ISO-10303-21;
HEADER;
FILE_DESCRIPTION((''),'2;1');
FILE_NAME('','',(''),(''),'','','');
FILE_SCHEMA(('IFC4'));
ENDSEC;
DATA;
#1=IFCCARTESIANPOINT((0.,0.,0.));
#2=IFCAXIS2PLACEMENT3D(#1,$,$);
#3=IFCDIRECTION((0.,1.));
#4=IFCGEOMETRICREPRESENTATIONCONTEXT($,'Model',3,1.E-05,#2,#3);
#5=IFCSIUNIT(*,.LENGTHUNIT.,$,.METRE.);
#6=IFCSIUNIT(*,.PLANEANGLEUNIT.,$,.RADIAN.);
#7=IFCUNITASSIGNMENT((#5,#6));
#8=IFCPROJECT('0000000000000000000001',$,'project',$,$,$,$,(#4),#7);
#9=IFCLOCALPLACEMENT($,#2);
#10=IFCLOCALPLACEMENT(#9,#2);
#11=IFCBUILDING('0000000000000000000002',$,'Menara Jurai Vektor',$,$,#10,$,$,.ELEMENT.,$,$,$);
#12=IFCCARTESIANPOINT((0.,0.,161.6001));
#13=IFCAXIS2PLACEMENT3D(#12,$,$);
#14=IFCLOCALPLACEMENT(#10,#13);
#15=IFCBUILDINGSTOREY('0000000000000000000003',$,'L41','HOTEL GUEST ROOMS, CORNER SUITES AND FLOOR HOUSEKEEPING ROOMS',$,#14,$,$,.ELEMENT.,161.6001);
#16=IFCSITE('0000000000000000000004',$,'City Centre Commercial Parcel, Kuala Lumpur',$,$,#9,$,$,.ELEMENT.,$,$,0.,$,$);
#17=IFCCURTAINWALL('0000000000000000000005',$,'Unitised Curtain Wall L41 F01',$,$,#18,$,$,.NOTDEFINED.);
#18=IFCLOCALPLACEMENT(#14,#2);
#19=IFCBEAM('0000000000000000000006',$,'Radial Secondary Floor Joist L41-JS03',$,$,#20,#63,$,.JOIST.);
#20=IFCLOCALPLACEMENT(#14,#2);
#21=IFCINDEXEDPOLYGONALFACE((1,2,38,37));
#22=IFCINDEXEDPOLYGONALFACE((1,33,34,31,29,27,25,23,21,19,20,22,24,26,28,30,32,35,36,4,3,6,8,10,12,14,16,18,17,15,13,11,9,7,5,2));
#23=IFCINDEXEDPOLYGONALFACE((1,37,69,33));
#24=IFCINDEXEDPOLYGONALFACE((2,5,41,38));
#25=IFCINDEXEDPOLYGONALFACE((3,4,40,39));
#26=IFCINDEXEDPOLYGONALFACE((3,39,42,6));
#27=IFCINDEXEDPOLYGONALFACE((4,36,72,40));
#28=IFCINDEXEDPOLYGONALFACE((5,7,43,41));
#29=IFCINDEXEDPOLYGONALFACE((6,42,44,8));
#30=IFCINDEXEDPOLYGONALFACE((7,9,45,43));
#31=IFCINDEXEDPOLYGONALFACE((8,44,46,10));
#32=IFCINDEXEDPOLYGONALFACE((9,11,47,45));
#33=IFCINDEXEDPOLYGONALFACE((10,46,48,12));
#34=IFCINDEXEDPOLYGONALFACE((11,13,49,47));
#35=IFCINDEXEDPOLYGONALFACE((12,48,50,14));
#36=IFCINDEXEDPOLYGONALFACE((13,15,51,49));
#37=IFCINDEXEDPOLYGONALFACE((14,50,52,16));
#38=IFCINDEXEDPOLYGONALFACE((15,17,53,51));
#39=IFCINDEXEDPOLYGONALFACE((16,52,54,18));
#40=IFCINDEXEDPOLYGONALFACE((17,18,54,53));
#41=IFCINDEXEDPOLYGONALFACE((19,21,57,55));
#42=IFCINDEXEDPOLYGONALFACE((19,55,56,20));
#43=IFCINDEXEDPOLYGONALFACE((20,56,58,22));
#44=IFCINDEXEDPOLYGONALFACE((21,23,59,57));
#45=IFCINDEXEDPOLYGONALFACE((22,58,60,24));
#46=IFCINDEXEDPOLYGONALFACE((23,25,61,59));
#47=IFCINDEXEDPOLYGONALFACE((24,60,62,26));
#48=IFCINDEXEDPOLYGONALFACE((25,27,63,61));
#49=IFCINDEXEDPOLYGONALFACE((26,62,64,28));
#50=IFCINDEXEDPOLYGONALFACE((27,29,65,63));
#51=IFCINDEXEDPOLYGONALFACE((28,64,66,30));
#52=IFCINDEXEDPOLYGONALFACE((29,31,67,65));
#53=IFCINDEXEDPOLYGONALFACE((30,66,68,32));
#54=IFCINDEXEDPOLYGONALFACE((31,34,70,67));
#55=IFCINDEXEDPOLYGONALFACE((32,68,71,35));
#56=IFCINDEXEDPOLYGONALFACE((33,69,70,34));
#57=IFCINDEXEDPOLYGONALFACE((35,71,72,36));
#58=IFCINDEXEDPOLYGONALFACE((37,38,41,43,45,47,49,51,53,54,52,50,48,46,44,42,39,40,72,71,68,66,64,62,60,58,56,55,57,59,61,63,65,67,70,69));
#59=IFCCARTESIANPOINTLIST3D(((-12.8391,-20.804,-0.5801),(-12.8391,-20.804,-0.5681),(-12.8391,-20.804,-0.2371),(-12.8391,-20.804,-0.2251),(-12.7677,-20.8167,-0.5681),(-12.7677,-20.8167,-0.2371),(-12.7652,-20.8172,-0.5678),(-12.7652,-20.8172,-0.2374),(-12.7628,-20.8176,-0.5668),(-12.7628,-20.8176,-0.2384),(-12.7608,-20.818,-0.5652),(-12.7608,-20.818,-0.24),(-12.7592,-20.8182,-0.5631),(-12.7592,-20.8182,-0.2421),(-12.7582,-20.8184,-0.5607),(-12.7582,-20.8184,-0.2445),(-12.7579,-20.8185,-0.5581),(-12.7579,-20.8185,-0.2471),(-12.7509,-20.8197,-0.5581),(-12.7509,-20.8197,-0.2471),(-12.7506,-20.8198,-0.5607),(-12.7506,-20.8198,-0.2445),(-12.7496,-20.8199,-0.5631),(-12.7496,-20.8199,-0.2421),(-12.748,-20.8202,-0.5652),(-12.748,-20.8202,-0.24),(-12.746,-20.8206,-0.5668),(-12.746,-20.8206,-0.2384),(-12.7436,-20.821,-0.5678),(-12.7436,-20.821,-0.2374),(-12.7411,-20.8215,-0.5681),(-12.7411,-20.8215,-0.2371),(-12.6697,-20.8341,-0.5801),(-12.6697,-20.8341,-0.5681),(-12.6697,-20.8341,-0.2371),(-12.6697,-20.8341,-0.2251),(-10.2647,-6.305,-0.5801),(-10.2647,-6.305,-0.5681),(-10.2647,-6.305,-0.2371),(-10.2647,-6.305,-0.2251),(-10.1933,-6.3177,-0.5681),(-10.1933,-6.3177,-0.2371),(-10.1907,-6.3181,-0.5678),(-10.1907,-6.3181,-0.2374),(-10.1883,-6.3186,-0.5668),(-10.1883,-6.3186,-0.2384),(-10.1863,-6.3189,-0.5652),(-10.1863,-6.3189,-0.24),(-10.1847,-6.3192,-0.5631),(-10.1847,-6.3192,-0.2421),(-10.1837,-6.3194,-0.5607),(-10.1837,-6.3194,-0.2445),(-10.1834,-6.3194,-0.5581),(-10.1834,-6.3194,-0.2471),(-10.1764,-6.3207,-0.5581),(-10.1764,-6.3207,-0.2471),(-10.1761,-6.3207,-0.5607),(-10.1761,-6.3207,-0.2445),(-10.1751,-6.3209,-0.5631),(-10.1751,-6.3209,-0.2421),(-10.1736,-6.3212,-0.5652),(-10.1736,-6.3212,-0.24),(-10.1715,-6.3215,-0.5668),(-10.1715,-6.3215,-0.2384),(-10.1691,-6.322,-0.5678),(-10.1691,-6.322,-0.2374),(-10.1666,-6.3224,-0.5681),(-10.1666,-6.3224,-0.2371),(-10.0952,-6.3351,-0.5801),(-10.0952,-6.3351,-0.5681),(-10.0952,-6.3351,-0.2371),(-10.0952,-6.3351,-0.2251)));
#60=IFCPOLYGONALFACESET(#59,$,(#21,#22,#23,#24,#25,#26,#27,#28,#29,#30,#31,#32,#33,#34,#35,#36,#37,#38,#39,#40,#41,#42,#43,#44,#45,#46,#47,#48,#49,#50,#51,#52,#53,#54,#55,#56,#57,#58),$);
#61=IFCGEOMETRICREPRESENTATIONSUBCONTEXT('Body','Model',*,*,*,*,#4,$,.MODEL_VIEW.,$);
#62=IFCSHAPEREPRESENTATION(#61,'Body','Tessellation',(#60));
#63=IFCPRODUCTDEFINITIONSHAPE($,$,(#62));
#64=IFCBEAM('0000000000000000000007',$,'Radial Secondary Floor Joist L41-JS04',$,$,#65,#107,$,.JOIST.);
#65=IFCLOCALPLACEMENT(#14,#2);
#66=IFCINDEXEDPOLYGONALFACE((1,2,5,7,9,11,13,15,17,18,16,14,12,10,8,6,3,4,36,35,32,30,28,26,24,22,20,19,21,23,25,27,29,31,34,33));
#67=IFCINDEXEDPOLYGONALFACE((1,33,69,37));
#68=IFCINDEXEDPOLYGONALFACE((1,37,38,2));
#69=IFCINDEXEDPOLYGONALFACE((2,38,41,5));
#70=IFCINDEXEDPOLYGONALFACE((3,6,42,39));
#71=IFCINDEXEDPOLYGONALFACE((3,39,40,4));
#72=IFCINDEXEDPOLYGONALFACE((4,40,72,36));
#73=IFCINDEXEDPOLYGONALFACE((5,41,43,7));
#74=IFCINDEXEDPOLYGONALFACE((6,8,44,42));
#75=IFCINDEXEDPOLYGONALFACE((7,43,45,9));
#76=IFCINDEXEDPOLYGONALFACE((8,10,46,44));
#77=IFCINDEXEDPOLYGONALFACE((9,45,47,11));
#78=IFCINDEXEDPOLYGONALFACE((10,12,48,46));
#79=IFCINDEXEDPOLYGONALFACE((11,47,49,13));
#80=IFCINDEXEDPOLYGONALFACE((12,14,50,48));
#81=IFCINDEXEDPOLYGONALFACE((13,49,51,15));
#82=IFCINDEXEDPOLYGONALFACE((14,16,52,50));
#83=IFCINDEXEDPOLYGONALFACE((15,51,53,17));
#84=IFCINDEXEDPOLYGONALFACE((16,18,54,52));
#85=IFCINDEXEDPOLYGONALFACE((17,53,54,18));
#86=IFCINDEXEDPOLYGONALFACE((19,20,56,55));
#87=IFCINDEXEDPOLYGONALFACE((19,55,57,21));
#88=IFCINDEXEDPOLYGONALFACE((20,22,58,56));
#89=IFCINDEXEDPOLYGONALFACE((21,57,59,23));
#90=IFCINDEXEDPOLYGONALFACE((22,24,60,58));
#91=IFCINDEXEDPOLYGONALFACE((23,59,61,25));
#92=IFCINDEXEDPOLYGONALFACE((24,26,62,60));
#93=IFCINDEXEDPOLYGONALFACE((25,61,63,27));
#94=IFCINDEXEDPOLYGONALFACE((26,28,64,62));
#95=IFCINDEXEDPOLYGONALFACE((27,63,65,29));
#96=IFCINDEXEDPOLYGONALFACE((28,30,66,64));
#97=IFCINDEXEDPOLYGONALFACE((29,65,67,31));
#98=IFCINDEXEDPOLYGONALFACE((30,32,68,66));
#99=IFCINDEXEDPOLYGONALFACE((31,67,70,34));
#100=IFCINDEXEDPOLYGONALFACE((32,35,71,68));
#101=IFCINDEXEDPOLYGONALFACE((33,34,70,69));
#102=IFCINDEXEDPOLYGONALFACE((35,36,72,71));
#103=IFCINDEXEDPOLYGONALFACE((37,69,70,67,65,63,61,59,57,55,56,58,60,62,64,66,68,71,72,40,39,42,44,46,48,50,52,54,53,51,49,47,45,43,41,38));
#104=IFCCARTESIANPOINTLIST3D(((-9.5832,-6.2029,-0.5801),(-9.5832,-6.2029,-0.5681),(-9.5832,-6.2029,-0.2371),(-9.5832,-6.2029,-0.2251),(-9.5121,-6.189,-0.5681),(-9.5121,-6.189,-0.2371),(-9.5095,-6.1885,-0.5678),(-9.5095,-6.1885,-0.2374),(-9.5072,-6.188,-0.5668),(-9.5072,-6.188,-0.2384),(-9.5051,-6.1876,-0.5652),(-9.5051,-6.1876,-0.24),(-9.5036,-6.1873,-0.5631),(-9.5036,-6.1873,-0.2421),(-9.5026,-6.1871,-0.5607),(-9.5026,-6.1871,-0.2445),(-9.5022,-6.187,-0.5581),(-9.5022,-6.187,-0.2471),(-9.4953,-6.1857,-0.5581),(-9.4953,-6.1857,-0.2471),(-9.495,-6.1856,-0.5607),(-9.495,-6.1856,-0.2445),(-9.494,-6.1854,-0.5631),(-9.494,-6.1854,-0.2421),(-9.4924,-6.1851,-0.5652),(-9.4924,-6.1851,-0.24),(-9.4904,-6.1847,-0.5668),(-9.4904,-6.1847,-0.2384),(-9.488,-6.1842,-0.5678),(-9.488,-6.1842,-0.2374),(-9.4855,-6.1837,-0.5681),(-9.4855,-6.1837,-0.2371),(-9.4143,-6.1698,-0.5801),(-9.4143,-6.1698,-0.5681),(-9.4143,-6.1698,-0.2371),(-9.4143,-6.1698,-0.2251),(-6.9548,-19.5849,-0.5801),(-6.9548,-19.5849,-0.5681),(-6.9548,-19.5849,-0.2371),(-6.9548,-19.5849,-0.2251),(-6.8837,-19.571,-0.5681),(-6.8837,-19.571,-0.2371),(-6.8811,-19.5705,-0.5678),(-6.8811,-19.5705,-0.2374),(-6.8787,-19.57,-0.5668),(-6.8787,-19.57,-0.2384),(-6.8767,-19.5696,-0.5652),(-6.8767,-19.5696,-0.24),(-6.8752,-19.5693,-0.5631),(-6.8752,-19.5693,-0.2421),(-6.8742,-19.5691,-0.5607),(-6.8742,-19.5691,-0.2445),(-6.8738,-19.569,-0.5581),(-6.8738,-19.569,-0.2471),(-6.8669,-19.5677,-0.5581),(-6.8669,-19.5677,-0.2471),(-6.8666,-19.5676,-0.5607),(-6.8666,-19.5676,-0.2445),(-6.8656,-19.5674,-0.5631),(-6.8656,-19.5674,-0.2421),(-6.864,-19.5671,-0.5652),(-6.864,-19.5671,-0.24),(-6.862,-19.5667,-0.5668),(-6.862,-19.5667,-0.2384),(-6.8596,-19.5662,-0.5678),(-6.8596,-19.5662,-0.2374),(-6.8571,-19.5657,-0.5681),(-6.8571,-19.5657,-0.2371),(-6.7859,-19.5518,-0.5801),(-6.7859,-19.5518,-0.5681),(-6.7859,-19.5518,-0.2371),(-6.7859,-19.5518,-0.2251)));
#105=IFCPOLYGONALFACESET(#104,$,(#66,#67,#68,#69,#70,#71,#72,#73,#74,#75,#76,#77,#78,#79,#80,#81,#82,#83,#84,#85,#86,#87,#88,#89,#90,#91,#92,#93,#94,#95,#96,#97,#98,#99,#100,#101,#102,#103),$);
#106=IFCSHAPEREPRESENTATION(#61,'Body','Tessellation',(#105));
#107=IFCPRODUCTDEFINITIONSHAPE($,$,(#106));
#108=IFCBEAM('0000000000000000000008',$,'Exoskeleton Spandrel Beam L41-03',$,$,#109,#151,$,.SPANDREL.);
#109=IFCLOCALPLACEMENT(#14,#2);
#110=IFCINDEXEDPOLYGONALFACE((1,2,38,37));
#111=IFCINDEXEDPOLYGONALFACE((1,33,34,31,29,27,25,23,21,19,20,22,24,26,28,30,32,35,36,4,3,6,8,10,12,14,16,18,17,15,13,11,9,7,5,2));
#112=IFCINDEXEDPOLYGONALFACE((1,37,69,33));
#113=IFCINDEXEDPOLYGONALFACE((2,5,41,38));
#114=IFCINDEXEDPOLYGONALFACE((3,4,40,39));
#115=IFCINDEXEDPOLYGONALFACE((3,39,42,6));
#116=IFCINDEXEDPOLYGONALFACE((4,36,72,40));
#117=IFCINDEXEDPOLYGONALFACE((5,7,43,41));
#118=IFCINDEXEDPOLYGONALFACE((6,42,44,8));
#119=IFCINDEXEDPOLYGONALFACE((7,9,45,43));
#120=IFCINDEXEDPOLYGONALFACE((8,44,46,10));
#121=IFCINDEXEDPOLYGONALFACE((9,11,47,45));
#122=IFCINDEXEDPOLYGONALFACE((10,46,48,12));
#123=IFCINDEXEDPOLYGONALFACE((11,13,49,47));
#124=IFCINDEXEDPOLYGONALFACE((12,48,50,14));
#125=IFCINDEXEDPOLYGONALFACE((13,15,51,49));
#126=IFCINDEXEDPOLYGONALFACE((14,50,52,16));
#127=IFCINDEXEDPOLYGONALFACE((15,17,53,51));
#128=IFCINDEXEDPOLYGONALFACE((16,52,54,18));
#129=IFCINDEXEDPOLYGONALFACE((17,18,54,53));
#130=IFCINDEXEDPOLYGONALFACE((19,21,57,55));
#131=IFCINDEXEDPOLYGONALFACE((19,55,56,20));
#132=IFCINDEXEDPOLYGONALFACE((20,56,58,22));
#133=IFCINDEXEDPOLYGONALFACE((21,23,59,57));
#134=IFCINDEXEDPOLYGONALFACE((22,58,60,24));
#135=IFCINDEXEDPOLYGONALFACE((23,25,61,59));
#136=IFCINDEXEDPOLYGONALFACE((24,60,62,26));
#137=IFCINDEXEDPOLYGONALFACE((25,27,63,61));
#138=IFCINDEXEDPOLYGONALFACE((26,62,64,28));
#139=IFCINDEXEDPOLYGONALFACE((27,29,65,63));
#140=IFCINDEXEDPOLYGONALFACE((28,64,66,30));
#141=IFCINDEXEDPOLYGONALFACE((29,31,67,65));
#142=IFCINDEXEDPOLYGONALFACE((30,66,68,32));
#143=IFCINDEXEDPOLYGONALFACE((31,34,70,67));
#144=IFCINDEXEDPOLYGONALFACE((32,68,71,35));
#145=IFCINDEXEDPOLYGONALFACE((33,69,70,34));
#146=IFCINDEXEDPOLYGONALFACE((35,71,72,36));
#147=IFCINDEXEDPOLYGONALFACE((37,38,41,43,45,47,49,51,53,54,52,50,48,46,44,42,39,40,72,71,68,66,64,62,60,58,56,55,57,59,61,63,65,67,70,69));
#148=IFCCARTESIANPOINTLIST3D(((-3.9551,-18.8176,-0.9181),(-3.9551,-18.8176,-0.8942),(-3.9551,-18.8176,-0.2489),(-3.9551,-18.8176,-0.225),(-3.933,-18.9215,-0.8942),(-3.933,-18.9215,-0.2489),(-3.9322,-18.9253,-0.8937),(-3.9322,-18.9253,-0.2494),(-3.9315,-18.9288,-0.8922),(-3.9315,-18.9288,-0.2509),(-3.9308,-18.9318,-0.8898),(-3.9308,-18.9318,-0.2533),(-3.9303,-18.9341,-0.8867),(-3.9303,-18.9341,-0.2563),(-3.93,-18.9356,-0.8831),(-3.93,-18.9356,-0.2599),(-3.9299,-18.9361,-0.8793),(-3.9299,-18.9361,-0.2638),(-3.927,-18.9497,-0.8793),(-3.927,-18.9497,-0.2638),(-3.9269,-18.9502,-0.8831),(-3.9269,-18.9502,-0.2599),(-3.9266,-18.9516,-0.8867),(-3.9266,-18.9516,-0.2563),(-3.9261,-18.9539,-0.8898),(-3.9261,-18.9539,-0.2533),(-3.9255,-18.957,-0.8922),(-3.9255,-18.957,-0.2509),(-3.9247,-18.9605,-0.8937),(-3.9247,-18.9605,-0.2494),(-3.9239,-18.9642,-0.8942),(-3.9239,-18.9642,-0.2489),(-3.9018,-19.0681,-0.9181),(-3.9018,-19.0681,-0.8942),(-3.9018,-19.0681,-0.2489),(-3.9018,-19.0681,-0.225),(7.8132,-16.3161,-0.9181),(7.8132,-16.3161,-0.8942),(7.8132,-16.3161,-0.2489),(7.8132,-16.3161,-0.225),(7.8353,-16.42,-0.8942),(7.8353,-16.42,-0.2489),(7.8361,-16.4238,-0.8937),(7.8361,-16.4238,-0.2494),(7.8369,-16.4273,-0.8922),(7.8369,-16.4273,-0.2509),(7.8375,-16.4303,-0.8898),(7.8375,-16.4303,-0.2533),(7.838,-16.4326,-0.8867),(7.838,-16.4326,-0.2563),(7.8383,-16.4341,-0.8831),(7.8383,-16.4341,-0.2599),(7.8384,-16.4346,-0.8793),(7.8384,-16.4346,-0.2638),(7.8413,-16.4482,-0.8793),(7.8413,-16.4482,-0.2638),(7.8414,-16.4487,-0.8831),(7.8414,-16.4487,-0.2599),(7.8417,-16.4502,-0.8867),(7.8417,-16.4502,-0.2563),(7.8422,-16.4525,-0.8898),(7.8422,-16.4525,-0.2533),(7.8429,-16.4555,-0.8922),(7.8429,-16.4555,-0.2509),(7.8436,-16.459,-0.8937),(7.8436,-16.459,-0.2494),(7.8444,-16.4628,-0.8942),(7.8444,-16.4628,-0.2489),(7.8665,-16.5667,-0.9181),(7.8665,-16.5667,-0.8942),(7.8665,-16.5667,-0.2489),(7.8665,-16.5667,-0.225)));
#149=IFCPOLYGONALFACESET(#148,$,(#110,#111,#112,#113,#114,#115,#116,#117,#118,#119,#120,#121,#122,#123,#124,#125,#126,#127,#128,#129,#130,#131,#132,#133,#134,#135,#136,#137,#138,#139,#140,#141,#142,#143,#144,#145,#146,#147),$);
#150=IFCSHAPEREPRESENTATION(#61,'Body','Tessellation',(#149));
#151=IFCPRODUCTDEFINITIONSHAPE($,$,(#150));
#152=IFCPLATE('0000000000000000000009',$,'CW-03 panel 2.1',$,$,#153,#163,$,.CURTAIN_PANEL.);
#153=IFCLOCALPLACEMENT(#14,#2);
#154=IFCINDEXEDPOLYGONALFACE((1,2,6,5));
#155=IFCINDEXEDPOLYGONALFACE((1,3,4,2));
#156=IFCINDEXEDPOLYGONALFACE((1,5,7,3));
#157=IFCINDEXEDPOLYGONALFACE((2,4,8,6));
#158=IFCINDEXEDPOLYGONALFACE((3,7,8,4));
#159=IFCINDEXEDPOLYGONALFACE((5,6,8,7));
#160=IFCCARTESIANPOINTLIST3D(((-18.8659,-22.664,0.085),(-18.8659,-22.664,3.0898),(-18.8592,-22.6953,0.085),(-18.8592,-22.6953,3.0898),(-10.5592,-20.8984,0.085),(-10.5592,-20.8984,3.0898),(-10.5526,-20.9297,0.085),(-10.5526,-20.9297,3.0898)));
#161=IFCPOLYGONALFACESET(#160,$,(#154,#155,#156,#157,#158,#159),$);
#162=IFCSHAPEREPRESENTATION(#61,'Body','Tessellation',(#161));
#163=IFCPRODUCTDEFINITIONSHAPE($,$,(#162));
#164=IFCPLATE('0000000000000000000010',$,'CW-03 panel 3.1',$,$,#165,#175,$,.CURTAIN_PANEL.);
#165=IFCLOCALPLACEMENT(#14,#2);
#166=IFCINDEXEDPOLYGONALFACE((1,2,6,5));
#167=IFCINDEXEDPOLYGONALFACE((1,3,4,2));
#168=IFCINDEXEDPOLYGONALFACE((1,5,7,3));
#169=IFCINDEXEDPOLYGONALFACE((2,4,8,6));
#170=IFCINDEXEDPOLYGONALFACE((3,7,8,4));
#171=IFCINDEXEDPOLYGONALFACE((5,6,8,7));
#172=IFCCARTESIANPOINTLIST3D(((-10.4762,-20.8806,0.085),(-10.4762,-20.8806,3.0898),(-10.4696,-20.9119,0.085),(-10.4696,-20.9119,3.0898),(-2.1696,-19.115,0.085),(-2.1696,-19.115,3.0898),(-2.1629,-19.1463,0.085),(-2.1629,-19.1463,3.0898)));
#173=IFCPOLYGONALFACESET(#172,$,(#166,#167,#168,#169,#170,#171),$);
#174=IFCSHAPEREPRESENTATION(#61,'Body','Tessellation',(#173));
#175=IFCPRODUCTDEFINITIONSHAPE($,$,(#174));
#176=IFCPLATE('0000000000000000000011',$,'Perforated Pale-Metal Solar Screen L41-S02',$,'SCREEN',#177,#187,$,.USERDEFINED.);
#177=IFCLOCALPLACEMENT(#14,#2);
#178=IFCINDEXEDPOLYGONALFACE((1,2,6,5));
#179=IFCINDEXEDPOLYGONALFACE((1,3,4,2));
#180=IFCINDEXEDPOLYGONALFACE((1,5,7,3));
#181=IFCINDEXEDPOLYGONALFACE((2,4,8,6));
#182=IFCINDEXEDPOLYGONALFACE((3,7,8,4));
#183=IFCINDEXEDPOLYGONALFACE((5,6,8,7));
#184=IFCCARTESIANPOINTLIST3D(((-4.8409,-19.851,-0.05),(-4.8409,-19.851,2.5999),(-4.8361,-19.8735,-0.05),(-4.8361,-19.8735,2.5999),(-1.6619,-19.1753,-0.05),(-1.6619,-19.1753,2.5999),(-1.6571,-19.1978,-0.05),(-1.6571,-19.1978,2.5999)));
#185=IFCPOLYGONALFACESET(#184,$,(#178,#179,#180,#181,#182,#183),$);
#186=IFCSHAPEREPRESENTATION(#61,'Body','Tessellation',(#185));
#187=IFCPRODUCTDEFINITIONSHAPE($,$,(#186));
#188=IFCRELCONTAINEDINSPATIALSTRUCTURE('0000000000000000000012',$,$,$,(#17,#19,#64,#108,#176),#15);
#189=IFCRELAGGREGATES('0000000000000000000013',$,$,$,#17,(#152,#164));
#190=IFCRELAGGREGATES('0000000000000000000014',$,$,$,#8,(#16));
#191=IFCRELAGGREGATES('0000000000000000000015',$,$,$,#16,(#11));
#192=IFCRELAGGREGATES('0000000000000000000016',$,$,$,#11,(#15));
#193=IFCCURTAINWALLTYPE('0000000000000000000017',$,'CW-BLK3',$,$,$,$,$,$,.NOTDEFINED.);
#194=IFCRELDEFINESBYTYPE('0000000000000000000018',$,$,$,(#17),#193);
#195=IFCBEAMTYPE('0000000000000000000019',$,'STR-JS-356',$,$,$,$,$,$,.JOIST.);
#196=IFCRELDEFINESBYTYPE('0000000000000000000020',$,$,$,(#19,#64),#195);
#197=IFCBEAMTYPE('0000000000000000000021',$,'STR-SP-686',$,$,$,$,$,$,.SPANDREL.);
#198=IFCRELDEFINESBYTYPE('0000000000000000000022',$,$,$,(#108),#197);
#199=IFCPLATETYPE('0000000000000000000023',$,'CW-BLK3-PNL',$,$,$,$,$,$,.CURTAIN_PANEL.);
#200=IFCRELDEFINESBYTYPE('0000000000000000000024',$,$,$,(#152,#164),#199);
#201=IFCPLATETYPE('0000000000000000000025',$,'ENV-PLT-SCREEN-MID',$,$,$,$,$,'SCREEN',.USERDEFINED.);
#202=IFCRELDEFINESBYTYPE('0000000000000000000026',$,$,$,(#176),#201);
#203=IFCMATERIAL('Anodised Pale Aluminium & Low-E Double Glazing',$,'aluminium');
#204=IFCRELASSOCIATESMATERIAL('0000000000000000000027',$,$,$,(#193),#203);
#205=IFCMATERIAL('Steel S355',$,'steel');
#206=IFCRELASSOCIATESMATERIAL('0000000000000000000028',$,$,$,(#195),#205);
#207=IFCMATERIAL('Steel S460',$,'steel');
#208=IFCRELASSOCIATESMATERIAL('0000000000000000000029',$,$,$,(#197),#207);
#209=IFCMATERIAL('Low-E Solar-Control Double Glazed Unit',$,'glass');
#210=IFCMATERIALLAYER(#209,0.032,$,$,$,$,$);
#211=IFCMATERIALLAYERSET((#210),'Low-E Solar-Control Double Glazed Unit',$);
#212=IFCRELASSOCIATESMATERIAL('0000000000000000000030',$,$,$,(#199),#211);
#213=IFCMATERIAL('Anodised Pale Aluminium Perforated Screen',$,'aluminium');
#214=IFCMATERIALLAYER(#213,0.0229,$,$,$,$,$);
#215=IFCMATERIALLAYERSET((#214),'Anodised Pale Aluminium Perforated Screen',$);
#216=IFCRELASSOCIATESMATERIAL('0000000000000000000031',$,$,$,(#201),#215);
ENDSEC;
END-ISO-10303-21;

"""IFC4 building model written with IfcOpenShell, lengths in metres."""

from ifc_helpers import new_model, si_unit, direction, frame, origin, origin_2d, place, context, subcontext, project, spatial, rectangle, i_section, extrude, material, layer, layer_set, material_profile, profile_set, type_object, element, aggregate, save


model = new_model("IFC4")

# Units and contexts
model_context = context("Model", 3, precision=1e-05, world=origin(), true_north=direction((0.0, 1.0)))
body_context = subcontext(model_context, "Body", "Model", "MODEL_VIEW")
ifc_project = project(units=[si_unit("LENGTHUNIT", "METRE"), si_unit("PLANEANGLEUNIT", "RADIAN")], contexts=[model_context])

# Site, building, storey
site_placement = place(None, origin())
site = spatial("IfcSite", under=ifc_project, at=site_placement, Name="City Centre Commercial Parcel, Kuala Lumpur", CompositionType="ELEMENT", RefElevation=0.0)
building_placement = place(site_placement, origin())
building = spatial("IfcBuilding", under=site, at=building_placement, Name="Menara Jurai Vektor", CompositionType="ELEMENT")
storey_placement = place(building_placement, frame((0.0, 0.0, 161.6001)))
storey = spatial("IfcBuildingStorey", under=building, at=storey_placement, Name="L41", Description="HOTEL GUEST ROOMS, CORNER SUITES AND FLOOR HOUSEKEEPING ROOMS", CompositionType="ELEMENT", Elevation=161.6001)

# Shared definitions
ifc_material_1 = material(Name="Steel S460", Category="steel")

# Curtain wall
ifc_material_2 = material(Name="Anodised Pale Aluminium & Low-E Double Glazing", Category="aluminium")
curtain_wall_type = type_object("IfcCurtainWallType", Name="CW-BLK3", PredefinedType="NOTDEFINED", material=ifc_material_2)
curtain_wall_placement = place(storey_placement, origin())
curtain_wall = element("IfcCurtainWall", 1, at=curtain_wall_placement, inside=storey, type_object=curtain_wall_type, Name="Unitised Curtain Wall L41 F01", PredefinedType="NOTDEFINED")

# Beams
ifc_material_3 = material(Name="Steel S355", Category="steel")
ifc_material_profile_1 = material_profile(ifc_material_3, i_section(OverallWidth=0.1721, OverallDepth=0.355, WebThickness=0.0071, FlangeThickness=0.012, FilletRadius=0.01, at=origin_2d()), Name="UKB 356x171x51")
ifc_profile_set_1 = profile_set([ifc_material_profile_1], Name="Steel S355")
beam_type_1 = type_object("IfcBeamType", Name="STR-JS-356", PredefinedType="JOIST", material=ifc_profile_set_1)
beam_1_placement = place(storey_placement, frame((-12.7544, -20.8191, -0.4026), z_axis=(0.174827, 0.984599, 0.0), x_axis=(-0.984599, 0.174827, 0.0)))
element("IfcBeam", 2, at=beam_1_placement, inside=storey, type_object=beam_type_1, Name="Radial Secondary Floor Joist L41-JS03", PredefinedType="JOIST", context=body_context, shape_type="SweptSolid", body=[
    extrude(i_section(OverallWidth=0.1721, OverallDepth=0.355, WebThickness=0.0071, FlangeThickness=0.012, FilletRadius=0.01, at=origin_2d()), origin(), (0.0, 0.0, 1.0), 14.7258),
])
beam_2_placement = place(storey_placement, frame((-6.8704, -19.5684, -0.4026), z_axis=(-0.192731, 0.981252, 0.0), x_axis=(-0.981252, -0.192731, 0.0)))
element("IfcBeam", 3, at=beam_2_placement, inside=storey, type_object=beam_type_1, Name="Radial Secondary Floor Joist L41-JS04", PredefinedType="JOIST", context=body_context, shape_type="SweptSolid", body=[
    extrude(i_section(OverallWidth=0.1721, OverallDepth=0.355, WebThickness=0.0071, FlangeThickness=0.012, FilletRadius=0.01, at=origin_2d()), origin(), (0.0, 0.0, 1.0), 13.6377),
])
ifc_material_profile_2 = material_profile(ifc_material_1, i_section(OverallWidth=0.2561, OverallDepth=0.6931, WebThickness=0.0139, FlangeThickness=0.0239, FilletRadius=0.0149, at=origin_2d()), Name="UKB 686x254x170")
ifc_profile_set_2 = profile_set([ifc_material_profile_2], Name="Steel S460")
beam_type_2 = type_object("IfcBeamType", Name="STR-SP-686", PredefinedType="SPANDREL", material=ifc_profile_set_2)
beam_3_placement = place(storey_placement, frame((-3.9285, -18.9429, -0.5715), z_axis=(0.978147, 0.207914, 0.0), x_axis=(-0.207914, 0.978147, 0.0)))
element("IfcBeam", 4, at=beam_3_placement, inside=storey, type_object=beam_type_2, Name="Exoskeleton Spandrel Beam L41-03", PredefinedType="SPANDREL", context=body_context, shape_type="SweptSolid", body=[
    extrude(i_section(OverallWidth=0.2561, OverallDepth=0.6931, WebThickness=0.0139, FlangeThickness=0.0239, FilletRadius=0.0149, at=origin_2d()), origin(), (0.0, 0.0, 1.0), 12.0312),
])

# Plates
ifc_material_4 = material(Name="Low-E Solar-Control Double Glazed Unit", Category="glass")
ifc_layer_1 = layer(ifc_material_4, 0.032)
ifc_layer_set_1 = layer_set([ifc_layer_1], Name="Low-E Solar-Control Double Glazed Unit")
plate_type_1 = type_object("IfcPlateType", Name="CW-BLK3-PNL", PredefinedType="CURTAIN_PANEL", material=ifc_layer_set_1)
plate_1_placement = place(storey_placement, frame((-14.7092, -21.7969, 0.085), z_axis=(0.0, 0.0, 1.0), x_axis=(0.978148, 0.207911, 0.0)))
plate_1 = element("IfcPlate", 5, at=plate_1_placement, type_object=plate_type_1, Name="CW-03 panel 2.1", PredefinedType="CURTAIN_PANEL", context=body_context, shape_type="SweptSolid", body=[
    extrude(rectangle(XDim=8.4922, YDim=0.032, at=origin_2d()), origin(), (0.0, 0.0, 1.0), 3.0049),
])
plate_2_placement = place(storey_placement, frame((-6.3196, -20.0134, 0.085), z_axis=(0.0, 0.0, 1.0), x_axis=(0.978148, 0.207911, 0.0)))
plate_2 = element("IfcPlate", 6, at=plate_2_placement, type_object=plate_type_1, Name="CW-03 panel 3.1", PredefinedType="CURTAIN_PANEL", context=body_context, shape_type="SweptSolid", body=[
    extrude(rectangle(XDim=8.4922, YDim=0.032, at=origin_2d()), origin(), (0.0, 0.0, 1.0), 3.0049),
])
aggregate(curtain_wall, [plate_1, plate_2])
ifc_material_5 = material(Name="Anodised Pale Aluminium Perforated Screen", Category="aluminium")
ifc_layer_2 = layer(ifc_material_5, 0.0229)
ifc_layer_set_2 = layer_set([ifc_layer_2], Name="Anodised Pale Aluminium Perforated Screen")
plate_type_2 = type_object("IfcPlateType", Name="ENV-PLT-SCREEN-MID", ElementType="SCREEN", PredefinedType="USERDEFINED", material=ifc_layer_set_2)
plate_3_placement = place(storey_placement, frame((-3.249, -19.5244, -0.05), z_axis=(0.0, 0.0, 1.0), x_axis=(0.978148, 0.207912, 0.0)))
element("IfcPlate", 7, at=plate_3_placement, inside=storey, type_object=plate_type_2, Name="Perforated Pale-Metal Solar Screen L41-S02", ObjectType="SCREEN", PredefinedType="USERDEFINED", context=body_context, shape_type="SweptSolid", body=[
    extrude(rectangle(XDim=3.25, YDim=0.0229, at=origin_2d()), origin(), (0.0, 0.0, 1.0), 2.6499),
])

save(model, "model.ifc")
